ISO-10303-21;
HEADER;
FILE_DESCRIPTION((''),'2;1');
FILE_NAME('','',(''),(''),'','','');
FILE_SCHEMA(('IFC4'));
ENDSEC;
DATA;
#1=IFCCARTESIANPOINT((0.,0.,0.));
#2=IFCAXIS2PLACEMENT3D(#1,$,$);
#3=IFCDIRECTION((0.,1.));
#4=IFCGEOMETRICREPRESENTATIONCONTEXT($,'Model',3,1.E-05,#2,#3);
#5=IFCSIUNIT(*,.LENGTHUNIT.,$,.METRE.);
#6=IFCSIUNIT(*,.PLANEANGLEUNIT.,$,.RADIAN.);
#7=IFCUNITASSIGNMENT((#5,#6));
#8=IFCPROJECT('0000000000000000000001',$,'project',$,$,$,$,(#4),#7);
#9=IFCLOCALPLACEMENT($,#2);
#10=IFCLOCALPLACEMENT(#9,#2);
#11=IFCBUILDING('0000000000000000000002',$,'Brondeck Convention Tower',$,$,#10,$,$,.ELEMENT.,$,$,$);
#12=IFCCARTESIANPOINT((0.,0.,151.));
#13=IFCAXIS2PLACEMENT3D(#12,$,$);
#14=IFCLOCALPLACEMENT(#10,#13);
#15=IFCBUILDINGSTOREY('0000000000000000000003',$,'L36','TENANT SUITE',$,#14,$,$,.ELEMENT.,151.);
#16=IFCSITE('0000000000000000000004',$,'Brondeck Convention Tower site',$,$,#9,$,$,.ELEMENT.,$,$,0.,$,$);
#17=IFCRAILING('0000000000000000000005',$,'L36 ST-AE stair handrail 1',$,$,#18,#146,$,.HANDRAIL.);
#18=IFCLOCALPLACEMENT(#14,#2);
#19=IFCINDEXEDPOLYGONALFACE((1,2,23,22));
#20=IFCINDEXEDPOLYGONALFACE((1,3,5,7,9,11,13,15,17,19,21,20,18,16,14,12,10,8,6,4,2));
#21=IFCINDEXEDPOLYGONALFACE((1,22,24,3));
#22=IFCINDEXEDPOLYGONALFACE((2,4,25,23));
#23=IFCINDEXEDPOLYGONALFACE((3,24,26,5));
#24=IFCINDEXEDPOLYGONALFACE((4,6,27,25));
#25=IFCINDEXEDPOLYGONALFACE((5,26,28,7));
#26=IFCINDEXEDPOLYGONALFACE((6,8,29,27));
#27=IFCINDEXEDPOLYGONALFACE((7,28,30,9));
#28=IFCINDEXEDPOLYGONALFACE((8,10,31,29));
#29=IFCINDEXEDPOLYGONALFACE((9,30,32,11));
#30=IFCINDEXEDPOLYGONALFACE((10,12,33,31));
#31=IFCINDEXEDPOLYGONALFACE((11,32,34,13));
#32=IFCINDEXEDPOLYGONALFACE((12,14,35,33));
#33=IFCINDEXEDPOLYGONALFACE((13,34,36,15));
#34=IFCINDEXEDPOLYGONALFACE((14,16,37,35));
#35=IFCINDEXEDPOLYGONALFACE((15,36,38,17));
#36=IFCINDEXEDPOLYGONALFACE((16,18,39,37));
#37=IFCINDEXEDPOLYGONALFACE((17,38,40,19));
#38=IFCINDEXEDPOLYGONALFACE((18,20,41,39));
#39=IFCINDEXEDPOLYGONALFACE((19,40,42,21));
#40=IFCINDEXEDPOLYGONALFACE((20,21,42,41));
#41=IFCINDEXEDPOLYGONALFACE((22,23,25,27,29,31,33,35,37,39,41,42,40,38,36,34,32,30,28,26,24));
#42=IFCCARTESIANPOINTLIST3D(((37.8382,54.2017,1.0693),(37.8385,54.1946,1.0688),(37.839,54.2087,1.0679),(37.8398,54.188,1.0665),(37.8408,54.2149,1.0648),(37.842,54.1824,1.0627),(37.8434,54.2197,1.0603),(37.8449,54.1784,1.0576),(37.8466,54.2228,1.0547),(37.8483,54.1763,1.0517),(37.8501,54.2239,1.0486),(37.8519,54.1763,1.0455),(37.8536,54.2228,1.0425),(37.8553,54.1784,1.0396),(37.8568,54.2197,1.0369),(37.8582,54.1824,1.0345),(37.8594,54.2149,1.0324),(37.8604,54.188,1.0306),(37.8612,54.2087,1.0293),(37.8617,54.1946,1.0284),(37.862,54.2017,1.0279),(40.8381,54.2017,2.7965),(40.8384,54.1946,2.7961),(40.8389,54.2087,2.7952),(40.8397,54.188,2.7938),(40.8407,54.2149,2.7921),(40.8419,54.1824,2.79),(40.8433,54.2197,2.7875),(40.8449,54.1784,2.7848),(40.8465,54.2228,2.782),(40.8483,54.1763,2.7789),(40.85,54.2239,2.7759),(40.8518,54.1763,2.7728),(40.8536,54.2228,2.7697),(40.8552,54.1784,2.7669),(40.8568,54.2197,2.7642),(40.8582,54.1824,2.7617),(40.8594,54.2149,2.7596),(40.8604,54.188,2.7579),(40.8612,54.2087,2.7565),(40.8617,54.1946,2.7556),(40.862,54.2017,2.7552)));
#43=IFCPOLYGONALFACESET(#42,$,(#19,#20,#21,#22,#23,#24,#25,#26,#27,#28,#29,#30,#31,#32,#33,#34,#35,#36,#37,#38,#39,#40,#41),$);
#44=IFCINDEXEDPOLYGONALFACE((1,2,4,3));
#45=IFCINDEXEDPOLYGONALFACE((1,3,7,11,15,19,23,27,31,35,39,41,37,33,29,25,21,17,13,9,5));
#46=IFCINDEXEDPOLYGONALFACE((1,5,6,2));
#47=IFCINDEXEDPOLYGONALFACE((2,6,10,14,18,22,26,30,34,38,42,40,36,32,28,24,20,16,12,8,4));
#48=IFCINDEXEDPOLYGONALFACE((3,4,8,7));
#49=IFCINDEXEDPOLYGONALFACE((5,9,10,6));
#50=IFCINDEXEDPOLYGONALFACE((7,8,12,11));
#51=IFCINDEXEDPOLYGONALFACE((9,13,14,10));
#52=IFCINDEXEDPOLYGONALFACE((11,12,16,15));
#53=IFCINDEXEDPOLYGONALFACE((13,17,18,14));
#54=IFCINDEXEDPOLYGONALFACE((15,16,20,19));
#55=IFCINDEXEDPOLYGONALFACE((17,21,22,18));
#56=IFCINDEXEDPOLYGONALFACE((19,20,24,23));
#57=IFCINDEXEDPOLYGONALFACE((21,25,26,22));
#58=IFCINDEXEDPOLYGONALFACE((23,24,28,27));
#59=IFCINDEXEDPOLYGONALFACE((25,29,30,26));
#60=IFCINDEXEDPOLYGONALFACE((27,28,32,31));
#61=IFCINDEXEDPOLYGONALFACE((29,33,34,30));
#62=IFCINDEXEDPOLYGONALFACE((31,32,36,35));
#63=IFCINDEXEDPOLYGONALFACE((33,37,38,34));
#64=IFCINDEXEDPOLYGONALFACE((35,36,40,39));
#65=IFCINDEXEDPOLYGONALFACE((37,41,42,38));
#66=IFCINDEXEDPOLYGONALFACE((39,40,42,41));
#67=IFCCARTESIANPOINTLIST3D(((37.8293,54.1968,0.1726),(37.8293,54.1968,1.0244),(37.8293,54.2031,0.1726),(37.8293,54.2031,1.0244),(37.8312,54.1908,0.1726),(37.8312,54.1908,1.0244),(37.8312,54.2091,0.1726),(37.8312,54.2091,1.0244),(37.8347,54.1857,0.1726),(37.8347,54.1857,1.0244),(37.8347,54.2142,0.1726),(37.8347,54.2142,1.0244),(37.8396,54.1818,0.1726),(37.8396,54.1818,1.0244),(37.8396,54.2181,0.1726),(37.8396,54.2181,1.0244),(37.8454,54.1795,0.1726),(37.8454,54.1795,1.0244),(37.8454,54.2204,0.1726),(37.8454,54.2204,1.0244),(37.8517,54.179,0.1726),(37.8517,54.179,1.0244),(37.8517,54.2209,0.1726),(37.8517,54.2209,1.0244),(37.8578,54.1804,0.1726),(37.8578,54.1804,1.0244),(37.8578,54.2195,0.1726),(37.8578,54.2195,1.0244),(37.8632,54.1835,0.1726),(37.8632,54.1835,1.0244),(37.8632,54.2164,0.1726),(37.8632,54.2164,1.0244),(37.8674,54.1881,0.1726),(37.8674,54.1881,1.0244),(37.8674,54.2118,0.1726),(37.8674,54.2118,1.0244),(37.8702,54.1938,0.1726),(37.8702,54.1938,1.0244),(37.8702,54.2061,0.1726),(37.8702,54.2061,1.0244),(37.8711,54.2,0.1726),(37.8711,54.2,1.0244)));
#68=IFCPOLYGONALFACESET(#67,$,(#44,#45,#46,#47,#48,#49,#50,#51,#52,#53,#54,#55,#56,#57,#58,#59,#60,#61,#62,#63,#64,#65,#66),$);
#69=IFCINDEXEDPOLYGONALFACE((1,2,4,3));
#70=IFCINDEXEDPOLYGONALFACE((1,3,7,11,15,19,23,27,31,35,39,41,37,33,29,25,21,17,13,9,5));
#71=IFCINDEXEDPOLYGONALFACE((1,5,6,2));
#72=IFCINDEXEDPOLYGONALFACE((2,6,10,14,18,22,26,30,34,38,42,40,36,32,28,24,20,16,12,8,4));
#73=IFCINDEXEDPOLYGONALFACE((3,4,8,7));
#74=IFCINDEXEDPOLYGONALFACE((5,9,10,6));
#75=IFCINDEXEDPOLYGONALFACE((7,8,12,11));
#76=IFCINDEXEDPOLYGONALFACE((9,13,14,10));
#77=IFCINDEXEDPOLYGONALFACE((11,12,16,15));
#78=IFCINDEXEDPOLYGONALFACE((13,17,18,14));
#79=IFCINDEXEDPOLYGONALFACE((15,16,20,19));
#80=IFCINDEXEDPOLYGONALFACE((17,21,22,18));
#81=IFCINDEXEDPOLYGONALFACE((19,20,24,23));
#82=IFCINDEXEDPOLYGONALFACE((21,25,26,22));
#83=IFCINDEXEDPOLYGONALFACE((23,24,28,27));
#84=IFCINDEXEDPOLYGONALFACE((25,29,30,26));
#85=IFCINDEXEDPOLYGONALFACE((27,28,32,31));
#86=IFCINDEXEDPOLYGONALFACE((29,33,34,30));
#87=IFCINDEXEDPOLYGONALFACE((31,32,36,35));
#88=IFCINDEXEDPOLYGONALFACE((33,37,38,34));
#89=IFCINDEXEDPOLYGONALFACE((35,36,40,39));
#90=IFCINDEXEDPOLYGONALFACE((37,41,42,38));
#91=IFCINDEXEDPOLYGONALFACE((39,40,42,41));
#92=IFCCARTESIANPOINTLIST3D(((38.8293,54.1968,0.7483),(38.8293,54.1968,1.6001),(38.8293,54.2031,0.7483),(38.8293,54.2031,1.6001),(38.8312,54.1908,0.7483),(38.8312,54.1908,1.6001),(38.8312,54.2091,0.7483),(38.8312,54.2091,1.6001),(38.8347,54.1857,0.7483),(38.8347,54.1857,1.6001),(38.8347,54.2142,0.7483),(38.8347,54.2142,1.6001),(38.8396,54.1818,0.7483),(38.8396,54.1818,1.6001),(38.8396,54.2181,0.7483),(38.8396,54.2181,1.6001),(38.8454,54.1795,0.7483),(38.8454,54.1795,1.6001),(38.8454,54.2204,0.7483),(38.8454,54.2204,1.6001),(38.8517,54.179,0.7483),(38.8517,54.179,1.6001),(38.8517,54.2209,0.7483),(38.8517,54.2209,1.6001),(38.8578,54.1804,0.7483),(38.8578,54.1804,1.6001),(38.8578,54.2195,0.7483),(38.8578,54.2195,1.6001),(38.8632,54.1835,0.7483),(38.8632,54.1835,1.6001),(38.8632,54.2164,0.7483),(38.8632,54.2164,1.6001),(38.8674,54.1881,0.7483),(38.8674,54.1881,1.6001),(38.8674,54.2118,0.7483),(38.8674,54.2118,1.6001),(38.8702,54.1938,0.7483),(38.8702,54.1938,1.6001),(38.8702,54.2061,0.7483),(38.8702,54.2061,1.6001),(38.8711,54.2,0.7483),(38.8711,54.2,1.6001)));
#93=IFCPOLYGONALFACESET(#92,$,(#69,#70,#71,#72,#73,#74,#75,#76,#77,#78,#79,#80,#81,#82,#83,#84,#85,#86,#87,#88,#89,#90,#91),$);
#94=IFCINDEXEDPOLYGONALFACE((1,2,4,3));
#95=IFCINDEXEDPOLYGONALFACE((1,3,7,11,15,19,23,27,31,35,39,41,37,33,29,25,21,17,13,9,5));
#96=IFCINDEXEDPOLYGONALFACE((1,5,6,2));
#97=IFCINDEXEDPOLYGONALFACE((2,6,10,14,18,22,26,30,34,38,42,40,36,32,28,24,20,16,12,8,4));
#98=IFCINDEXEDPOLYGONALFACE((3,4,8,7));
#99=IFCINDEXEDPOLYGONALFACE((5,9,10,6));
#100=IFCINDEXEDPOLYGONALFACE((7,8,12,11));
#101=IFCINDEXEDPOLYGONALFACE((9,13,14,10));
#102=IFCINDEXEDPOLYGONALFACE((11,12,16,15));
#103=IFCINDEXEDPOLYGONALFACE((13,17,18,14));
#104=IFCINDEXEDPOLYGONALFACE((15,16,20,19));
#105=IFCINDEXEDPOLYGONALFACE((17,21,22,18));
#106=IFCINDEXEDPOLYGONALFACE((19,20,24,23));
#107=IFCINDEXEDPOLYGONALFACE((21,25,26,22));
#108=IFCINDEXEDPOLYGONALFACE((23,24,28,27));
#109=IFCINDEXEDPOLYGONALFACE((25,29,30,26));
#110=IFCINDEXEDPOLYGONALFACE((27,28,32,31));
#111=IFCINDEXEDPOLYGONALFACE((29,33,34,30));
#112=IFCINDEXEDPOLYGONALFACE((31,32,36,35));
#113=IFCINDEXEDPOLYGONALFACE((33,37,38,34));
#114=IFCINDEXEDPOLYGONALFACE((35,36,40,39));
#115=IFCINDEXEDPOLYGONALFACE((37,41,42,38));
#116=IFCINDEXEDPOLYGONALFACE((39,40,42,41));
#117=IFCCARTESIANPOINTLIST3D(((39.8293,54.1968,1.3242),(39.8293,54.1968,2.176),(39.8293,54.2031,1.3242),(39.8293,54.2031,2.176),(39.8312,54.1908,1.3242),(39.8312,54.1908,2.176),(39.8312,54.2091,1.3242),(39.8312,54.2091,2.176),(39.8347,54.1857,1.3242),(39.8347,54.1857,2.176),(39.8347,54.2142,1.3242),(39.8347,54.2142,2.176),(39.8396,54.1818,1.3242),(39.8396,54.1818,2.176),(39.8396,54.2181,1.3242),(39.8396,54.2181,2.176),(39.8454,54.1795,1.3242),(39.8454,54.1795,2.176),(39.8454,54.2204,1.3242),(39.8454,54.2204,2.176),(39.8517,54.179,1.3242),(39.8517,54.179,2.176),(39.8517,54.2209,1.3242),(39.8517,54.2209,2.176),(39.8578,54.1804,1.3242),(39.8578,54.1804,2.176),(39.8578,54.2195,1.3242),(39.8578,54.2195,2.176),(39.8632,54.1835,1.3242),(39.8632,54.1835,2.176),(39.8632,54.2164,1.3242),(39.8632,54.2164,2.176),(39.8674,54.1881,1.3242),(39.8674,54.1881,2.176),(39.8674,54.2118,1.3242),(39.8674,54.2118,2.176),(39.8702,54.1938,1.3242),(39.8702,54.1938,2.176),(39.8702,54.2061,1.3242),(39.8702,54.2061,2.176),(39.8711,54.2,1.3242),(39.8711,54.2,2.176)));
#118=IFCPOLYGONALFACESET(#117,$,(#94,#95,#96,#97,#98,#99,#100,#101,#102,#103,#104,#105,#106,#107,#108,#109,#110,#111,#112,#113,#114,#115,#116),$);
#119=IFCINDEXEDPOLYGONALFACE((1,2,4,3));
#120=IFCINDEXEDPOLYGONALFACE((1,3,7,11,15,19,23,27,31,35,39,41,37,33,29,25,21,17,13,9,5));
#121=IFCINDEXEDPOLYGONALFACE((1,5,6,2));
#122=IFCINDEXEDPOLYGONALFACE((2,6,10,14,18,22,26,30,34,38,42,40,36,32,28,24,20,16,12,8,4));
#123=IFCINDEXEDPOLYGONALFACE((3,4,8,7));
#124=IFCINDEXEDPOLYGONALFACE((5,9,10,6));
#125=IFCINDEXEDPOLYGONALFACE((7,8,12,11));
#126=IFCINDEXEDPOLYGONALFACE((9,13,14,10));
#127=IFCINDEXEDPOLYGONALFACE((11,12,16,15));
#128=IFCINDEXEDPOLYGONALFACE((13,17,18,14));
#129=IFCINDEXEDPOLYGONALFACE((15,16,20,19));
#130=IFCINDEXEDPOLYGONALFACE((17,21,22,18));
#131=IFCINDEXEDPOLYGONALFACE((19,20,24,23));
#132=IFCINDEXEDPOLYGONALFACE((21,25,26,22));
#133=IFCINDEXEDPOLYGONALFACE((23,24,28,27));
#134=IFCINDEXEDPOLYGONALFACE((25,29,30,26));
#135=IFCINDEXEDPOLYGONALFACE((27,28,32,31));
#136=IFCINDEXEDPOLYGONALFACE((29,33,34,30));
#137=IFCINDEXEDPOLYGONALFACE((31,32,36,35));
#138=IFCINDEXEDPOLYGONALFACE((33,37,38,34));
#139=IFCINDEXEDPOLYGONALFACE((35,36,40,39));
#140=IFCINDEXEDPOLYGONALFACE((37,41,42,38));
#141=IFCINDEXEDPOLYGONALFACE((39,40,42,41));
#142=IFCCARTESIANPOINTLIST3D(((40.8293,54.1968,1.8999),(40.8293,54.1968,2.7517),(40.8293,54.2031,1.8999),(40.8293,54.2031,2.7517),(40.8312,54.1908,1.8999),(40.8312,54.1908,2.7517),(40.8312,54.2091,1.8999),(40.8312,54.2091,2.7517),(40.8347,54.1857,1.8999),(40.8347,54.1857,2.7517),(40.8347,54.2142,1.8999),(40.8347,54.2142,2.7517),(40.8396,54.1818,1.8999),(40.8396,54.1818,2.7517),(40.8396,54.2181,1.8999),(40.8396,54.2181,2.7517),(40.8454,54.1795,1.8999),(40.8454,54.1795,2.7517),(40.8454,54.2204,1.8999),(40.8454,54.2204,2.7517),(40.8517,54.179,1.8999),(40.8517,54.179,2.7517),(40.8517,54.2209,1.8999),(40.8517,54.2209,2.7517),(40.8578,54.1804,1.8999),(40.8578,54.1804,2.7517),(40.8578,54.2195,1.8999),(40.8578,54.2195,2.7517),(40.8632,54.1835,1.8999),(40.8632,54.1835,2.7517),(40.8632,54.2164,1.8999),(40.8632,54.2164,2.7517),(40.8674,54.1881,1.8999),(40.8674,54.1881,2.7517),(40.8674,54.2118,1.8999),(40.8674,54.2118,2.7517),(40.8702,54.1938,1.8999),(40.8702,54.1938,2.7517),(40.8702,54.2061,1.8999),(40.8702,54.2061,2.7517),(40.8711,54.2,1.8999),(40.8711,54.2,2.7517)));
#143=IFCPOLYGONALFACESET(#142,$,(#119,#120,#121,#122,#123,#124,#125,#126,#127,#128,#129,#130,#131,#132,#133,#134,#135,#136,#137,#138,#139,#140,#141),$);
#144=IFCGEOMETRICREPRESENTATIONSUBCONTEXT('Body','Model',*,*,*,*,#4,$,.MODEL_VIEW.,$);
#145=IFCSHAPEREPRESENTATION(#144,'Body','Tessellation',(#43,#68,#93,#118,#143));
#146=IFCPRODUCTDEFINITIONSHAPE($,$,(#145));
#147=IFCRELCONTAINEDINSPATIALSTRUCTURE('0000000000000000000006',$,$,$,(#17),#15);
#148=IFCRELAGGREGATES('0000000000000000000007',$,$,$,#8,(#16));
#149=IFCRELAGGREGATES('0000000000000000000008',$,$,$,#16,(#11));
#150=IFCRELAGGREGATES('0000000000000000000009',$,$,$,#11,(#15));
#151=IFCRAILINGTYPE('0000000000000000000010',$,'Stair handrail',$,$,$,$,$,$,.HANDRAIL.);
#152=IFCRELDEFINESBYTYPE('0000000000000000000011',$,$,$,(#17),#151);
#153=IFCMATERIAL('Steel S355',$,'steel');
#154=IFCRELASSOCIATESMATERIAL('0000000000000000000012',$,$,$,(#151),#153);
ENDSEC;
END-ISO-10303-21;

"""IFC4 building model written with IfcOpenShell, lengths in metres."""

from ifc_helpers import new_model, si_unit, direction, frame, origin, origin_2d, place, context, subcontext, project, spatial, circle, extrude, material, type_object, element, save


model = new_model("IFC4")

# Units and contexts
model_context = context("Model", 3, precision=1e-05, world=origin(), true_north=direction((0.0, 1.0)))
body_context = subcontext(model_context, "Body", "Model", "MODEL_VIEW")
ifc_project = project(units=[si_unit("LENGTHUNIT", "METRE"), si_unit("PLANEANGLEUNIT", "RADIAN")], contexts=[model_context])

# Site, building, storey
site_placement = place(None, origin())
site = spatial("IfcSite", under=ifc_project, at=site_placement, Name="Brondeck Convention Tower site", CompositionType="ELEMENT", RefElevation=0.0)
building_placement = place(site_placement, origin())
building = spatial("IfcBuilding", under=site, at=building_placement, Name="Brondeck Convention Tower", CompositionType="ELEMENT")
storey_placement = place(building_placement, frame((0.0, 0.0, 151.0)))
storey = spatial("IfcBuildingStorey", under=building, at=storey_placement, Name="L36", Description="TENANT SUITE", CompositionType="ELEMENT", Elevation=151.0)

# Shared definitions
ifc_material_1 = material(Name="Steel S355", Category="steel")

# Railing
railing_type_1 = type_object("IfcRailingType", Name="Stair handrail", PredefinedType="HANDRAIL", material=ifc_material_1)
railing_1_placement = place(storey_placement, frame((37.8501, 54.2, 0.1726)))
element("IfcRailing", 1, at=railing_1_placement, inside=storey, type_object=railing_type_1, Name="L36 ST-AE stair handrail 1", PredefinedType="HANDRAIL", context=body_context, shape_type="SweptSolid", body=[
    extrude(circle(Radius=0.0239, at=origin_2d()), frame((0.0, 0.0, 0.876), z_axis=(0.86662, 0.0, 0.498969), x_axis=(0.0, 1.0, 0.0)), (0.0, 0.0, 1.0), 3.4617),
    extrude(circle(Radius=0.021, at=origin_2d()), origin(), (0.0, 0.0, 1.0), 0.8518),
    extrude(circle(Radius=0.021, at=origin_2d()), frame((1.0, 0.0, 0.5757)), (0.0, 0.0, 1.0), 0.8518),
    extrude(circle(Radius=0.021, at=origin_2d()), frame((2.0, 0.0, 1.1516)), (0.0, 0.0, 1.0), 0.8518),
    extrude(circle(Radius=0.021, at=origin_2d()), frame((3.0, 0.0, 1.7273)), (0.0, 0.0, 1.0), 0.8518),
])

save(model, "model.ifc")
